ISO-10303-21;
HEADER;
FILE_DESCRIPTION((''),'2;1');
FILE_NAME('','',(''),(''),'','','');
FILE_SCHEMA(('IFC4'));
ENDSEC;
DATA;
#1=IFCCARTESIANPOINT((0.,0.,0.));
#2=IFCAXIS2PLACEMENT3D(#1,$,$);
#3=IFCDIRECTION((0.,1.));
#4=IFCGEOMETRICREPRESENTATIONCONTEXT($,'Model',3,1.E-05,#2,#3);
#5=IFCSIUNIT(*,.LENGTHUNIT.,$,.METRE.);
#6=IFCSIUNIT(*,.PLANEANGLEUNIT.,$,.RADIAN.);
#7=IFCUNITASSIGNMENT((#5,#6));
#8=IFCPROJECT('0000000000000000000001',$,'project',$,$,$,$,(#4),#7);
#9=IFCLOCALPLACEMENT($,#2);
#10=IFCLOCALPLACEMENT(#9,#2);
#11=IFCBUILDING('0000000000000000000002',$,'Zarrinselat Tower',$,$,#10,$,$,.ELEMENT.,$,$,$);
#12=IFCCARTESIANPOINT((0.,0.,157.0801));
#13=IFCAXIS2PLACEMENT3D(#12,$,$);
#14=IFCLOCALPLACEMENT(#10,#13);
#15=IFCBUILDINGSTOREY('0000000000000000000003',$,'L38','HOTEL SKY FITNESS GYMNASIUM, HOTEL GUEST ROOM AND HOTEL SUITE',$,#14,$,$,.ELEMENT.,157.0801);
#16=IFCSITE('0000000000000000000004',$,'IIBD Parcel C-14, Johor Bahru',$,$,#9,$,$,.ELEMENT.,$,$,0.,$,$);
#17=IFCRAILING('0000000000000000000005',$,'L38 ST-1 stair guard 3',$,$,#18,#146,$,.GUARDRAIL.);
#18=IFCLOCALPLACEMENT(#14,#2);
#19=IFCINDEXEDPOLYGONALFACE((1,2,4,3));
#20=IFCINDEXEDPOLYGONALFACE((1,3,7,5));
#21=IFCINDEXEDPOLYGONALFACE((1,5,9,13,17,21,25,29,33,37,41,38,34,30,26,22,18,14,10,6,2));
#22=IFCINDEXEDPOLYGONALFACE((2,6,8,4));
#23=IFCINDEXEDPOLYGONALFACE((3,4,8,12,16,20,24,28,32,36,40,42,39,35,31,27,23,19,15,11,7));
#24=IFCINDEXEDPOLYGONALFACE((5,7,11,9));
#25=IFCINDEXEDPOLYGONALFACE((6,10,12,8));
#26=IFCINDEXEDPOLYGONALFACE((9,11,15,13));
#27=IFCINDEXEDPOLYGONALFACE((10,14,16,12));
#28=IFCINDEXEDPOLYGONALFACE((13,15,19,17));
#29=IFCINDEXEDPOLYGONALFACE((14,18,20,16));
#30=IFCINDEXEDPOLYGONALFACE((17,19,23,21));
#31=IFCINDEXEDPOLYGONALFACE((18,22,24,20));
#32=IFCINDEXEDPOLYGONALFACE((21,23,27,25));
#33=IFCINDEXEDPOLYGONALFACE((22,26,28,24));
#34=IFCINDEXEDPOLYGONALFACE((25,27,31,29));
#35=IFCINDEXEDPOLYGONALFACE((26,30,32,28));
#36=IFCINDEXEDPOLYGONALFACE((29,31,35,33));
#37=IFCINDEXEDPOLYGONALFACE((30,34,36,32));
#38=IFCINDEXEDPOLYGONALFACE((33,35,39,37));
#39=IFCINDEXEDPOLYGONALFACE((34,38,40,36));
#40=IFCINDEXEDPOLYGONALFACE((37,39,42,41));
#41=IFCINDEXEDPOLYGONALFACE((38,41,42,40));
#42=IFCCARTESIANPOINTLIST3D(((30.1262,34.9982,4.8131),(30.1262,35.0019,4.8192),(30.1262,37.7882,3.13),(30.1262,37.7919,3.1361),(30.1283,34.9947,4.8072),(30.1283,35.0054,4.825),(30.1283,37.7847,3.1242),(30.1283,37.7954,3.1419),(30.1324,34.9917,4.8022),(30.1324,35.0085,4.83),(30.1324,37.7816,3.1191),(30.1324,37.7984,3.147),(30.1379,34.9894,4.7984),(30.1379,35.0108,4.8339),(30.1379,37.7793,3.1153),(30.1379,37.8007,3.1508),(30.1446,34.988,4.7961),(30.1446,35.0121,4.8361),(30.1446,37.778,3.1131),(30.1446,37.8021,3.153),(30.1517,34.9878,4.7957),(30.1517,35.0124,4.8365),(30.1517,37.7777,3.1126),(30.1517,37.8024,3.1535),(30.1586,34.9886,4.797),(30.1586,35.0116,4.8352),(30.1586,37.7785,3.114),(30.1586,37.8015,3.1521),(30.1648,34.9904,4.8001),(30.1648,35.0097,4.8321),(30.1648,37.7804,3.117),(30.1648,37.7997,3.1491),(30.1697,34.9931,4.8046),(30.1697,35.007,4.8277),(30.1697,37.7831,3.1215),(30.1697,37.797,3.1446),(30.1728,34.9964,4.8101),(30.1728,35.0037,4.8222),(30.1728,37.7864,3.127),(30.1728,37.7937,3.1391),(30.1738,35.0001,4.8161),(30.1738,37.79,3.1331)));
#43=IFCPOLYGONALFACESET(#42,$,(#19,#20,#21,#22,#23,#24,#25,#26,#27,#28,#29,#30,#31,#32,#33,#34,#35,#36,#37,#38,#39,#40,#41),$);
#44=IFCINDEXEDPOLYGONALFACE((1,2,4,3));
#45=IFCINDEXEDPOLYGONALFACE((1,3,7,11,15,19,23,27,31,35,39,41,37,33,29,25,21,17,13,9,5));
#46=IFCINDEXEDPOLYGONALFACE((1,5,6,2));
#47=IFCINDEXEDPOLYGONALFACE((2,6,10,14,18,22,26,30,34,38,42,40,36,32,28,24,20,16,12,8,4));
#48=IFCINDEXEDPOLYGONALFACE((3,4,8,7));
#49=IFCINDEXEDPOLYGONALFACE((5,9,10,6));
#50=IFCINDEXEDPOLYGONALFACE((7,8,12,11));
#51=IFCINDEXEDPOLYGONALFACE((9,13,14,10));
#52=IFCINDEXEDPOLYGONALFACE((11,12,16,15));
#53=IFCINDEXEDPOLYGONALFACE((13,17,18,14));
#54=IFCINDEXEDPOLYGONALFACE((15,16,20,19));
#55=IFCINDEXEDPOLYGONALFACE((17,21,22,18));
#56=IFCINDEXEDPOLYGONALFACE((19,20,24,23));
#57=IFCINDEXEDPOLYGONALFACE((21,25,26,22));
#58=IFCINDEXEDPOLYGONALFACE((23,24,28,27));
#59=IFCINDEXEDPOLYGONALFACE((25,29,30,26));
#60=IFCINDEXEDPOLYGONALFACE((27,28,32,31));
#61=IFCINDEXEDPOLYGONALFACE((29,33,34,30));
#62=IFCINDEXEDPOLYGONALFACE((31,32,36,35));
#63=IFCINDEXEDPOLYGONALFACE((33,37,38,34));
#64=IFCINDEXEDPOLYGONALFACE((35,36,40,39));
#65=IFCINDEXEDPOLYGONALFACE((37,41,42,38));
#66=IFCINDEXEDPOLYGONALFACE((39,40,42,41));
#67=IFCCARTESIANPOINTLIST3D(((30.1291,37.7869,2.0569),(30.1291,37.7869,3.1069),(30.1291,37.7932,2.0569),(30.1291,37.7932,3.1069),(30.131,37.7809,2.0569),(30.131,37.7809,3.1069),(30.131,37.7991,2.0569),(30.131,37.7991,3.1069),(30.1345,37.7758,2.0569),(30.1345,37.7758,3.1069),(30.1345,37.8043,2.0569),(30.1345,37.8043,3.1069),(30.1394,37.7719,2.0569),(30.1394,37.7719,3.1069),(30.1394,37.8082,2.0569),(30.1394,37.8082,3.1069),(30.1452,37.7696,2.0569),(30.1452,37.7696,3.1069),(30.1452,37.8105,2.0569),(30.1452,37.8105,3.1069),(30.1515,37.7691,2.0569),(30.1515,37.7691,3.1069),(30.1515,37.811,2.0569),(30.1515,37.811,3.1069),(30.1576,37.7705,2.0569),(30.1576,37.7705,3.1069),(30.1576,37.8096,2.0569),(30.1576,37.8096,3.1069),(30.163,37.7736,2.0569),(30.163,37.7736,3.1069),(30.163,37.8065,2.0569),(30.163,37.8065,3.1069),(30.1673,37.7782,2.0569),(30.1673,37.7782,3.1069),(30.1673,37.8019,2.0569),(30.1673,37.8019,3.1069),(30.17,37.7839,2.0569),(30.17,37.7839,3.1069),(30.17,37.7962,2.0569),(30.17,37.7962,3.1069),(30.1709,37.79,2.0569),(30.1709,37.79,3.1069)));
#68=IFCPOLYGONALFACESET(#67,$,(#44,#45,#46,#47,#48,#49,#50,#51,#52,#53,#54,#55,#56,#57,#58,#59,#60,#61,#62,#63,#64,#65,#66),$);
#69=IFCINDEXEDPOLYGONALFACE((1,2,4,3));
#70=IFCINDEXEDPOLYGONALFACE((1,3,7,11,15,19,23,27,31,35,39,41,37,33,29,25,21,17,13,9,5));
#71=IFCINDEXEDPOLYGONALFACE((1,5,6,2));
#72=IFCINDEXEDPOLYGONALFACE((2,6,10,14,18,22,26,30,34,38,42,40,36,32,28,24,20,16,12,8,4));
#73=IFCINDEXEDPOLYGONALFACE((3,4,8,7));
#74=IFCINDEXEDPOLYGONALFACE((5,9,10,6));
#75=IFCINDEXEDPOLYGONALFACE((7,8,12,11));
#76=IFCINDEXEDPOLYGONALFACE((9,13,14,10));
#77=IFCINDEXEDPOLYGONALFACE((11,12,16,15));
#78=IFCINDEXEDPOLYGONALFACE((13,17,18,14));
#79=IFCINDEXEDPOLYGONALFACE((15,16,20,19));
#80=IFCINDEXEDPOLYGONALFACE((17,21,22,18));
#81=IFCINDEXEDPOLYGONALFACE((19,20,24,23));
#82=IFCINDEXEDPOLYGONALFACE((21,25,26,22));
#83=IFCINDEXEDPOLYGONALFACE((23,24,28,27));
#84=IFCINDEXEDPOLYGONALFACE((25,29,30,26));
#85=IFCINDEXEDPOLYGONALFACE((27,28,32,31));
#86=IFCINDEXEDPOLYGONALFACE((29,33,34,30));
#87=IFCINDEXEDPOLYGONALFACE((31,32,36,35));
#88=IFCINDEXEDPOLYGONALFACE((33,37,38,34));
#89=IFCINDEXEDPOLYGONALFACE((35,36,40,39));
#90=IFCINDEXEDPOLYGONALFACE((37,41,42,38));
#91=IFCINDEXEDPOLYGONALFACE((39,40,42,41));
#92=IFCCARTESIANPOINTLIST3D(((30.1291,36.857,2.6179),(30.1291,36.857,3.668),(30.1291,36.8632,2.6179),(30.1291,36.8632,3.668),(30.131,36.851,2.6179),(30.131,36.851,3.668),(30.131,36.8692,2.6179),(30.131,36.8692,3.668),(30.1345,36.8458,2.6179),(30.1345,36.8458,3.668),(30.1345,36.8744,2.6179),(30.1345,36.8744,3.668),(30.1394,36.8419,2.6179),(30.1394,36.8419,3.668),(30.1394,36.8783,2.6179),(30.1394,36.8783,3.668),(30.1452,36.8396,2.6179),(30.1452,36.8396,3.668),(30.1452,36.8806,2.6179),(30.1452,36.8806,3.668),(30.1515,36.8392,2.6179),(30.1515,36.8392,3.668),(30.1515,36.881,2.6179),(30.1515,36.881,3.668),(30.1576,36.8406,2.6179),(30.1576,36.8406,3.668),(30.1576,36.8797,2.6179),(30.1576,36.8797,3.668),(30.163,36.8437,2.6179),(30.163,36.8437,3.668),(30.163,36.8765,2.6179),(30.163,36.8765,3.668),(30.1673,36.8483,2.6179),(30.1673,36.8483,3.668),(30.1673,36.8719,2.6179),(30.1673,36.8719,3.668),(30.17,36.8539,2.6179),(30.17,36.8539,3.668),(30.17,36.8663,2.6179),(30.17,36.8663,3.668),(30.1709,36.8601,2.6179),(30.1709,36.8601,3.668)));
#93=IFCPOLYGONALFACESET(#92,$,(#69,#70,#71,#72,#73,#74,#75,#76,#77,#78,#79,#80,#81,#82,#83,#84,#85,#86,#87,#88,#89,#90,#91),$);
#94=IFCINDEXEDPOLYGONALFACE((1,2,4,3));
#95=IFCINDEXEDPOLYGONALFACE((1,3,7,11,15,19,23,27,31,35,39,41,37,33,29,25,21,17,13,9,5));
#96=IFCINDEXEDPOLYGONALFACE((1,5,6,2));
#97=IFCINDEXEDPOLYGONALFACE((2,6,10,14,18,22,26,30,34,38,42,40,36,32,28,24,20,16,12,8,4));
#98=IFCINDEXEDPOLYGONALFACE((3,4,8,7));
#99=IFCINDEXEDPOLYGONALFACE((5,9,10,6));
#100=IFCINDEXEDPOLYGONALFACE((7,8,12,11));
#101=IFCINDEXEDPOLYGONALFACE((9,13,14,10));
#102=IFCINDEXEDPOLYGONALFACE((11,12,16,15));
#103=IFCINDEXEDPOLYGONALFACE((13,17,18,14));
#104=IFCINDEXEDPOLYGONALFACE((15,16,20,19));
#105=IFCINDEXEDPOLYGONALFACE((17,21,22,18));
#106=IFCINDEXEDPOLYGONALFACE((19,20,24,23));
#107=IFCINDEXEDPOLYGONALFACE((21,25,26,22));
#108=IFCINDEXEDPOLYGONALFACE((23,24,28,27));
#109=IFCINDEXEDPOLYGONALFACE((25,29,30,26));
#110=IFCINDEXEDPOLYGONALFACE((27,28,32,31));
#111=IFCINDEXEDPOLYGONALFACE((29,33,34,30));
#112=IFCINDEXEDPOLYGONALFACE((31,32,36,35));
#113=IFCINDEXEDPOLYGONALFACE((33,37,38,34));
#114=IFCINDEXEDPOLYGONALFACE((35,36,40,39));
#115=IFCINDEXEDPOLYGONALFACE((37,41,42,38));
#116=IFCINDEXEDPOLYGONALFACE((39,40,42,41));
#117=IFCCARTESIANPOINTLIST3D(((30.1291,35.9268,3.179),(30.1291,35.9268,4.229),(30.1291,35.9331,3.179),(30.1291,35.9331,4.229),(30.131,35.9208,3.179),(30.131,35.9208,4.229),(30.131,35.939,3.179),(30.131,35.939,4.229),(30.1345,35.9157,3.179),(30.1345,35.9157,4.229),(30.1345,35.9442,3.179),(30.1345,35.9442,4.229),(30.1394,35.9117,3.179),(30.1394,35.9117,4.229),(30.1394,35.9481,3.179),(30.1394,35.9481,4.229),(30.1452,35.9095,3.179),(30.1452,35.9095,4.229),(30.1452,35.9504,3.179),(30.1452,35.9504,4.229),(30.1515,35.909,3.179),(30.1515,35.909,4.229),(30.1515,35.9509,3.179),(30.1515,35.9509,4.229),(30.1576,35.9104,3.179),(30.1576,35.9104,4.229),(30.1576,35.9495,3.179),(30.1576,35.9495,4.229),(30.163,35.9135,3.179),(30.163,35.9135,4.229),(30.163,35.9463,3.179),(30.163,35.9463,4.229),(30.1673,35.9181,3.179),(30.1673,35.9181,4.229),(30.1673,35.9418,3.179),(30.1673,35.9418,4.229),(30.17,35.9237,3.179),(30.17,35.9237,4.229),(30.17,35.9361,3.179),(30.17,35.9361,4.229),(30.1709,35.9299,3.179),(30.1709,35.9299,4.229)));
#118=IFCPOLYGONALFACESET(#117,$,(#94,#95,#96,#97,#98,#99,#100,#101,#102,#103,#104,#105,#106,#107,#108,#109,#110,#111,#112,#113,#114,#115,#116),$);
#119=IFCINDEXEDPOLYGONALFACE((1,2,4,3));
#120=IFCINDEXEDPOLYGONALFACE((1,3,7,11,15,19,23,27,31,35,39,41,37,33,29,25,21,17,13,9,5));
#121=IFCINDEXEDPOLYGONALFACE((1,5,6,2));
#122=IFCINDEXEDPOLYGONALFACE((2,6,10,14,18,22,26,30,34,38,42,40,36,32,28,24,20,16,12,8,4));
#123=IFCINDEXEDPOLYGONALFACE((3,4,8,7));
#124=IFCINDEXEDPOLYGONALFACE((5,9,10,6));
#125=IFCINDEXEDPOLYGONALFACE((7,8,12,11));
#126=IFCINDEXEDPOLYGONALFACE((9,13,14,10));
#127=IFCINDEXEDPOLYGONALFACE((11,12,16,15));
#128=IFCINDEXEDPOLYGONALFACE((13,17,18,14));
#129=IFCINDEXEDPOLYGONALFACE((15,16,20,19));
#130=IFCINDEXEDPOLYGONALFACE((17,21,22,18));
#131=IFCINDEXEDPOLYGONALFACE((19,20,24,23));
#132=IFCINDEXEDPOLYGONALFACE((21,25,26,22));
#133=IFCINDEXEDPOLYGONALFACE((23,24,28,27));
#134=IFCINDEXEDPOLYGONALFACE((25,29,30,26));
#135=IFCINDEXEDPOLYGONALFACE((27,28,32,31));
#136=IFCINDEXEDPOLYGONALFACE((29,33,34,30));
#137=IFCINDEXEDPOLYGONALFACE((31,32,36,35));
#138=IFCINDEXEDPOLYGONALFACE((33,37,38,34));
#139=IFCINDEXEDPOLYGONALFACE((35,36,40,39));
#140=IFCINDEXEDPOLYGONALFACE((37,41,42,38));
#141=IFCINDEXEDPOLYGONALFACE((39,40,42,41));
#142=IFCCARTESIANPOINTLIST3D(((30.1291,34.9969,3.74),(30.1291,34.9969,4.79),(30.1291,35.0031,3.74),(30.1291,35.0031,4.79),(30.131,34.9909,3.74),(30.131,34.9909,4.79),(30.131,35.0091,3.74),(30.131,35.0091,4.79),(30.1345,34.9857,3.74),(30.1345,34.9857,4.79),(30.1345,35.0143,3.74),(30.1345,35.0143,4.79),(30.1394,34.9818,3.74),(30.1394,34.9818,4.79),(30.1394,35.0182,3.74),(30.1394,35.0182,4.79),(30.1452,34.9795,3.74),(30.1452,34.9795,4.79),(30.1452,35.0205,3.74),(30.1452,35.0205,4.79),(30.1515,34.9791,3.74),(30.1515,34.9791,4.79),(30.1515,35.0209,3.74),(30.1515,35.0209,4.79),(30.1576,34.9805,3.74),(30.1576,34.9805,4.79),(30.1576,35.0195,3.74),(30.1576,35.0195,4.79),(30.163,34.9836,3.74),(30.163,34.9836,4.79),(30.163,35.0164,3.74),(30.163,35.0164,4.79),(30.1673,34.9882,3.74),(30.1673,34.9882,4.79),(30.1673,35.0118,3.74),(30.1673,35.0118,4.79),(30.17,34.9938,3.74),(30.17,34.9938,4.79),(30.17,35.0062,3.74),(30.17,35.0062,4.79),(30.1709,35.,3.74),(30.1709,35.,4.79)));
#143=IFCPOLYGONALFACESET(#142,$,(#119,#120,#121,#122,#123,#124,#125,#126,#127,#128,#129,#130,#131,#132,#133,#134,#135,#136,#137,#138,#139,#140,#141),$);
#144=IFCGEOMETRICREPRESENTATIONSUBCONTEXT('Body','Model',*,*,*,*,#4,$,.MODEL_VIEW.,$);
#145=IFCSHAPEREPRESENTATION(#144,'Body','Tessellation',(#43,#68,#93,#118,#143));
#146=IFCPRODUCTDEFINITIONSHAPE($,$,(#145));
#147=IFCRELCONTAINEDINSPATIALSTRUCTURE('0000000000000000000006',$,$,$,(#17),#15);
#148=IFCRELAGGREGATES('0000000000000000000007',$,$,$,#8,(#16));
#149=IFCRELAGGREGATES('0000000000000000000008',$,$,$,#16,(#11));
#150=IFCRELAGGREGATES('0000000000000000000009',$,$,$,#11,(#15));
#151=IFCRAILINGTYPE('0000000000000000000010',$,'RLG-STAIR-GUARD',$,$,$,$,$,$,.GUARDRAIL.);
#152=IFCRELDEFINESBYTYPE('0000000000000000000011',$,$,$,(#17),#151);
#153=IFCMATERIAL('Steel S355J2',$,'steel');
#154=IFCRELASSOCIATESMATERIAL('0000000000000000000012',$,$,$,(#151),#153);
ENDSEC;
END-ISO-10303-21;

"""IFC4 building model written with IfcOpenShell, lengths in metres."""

from ifc_helpers import new_model, si_unit, direction, frame, origin, origin_2d, place, context, subcontext, project, spatial, circle, extrude, material, type_object, element, save


model = new_model("IFC4")

# Units and contexts
model_context = context("Model", 3, precision=1e-05, world=origin(), true_north=direction((0.0, 1.0)))
body_context = subcontext(model_context, "Body", "Model", "MODEL_VIEW")
ifc_project = project(units=[si_unit("LENGTHUNIT", "METRE"), si_unit("PLANEANGLEUNIT", "RADIAN")], contexts=[model_context])

# Site, building, storey
site_placement = place(None, origin())
site = spatial("IfcSite", under=ifc_project, at=site_placement, Name="IIBD Parcel C-14, Johor Bahru", CompositionType="ELEMENT", RefElevation=0.0)
building_placement = place(site_placement, origin())
building = spatial("IfcBuilding", under=site, at=building_placement, Name="Zarrinselat Tower", CompositionType="ELEMENT")
storey_placement = place(building_placement, frame((0.0, 0.0, 157.0801)))
storey = spatial("IfcBuildingStorey", under=building, at=storey_placement, Name="L38", Description="HOTEL SKY FITNESS GYMNASIUM, HOTEL GUEST ROOM AND HOTEL SUITE", CompositionType="ELEMENT", Elevation=157.0801)

# Railing
ifc_material_1 = material(Name="Steel S355J2", Category="steel")
railing_type_1 = type_object("IfcRailingType", Name="RLG-STAIR-GUARD", PredefinedType="GUARDRAIL", material=ifc_material_1)
railing_1_placement = place(storey_placement, frame((30.1499, 37.79, 2.0569)))
element("IfcRailing", 1, at=railing_1_placement, inside=storey, type_object=railing_type_1, Name="L38 ST-1 stair guard 3", PredefinedType="GUARDRAIL", context=body_context, shape_type="SweptSolid", body=[
    extrude(circle(Radius=0.0239, at=origin_2d()), frame((0.0, 0.0, 1.0762), z_axis=(0.0, -0.856261, 0.516544), x_axis=(1.0, 0.0, 0.0)), (0.0, 0.0, 1.0), 3.2583),
    extrude(circle(Radius=0.021, at=origin_2d()), origin(), (0.0, 0.0, 1.0), 1.05),
    extrude(circle(Radius=0.021, at=origin_2d()), frame((0.0, -0.9299, 0.561)), (0.0, 0.0, 1.0), 1.05),
    extrude(circle(Radius=0.021, at=origin_2d()), frame((0.0, -1.8601, 1.1221)), (0.0, 0.0, 1.0), 1.05),
    extrude(circle(Radius=0.021, at=origin_2d()), frame((0.0, -2.79, 1.6831)), (0.0, 0.0, 1.0), 1.05),
])

save(model, "model.ifc")
